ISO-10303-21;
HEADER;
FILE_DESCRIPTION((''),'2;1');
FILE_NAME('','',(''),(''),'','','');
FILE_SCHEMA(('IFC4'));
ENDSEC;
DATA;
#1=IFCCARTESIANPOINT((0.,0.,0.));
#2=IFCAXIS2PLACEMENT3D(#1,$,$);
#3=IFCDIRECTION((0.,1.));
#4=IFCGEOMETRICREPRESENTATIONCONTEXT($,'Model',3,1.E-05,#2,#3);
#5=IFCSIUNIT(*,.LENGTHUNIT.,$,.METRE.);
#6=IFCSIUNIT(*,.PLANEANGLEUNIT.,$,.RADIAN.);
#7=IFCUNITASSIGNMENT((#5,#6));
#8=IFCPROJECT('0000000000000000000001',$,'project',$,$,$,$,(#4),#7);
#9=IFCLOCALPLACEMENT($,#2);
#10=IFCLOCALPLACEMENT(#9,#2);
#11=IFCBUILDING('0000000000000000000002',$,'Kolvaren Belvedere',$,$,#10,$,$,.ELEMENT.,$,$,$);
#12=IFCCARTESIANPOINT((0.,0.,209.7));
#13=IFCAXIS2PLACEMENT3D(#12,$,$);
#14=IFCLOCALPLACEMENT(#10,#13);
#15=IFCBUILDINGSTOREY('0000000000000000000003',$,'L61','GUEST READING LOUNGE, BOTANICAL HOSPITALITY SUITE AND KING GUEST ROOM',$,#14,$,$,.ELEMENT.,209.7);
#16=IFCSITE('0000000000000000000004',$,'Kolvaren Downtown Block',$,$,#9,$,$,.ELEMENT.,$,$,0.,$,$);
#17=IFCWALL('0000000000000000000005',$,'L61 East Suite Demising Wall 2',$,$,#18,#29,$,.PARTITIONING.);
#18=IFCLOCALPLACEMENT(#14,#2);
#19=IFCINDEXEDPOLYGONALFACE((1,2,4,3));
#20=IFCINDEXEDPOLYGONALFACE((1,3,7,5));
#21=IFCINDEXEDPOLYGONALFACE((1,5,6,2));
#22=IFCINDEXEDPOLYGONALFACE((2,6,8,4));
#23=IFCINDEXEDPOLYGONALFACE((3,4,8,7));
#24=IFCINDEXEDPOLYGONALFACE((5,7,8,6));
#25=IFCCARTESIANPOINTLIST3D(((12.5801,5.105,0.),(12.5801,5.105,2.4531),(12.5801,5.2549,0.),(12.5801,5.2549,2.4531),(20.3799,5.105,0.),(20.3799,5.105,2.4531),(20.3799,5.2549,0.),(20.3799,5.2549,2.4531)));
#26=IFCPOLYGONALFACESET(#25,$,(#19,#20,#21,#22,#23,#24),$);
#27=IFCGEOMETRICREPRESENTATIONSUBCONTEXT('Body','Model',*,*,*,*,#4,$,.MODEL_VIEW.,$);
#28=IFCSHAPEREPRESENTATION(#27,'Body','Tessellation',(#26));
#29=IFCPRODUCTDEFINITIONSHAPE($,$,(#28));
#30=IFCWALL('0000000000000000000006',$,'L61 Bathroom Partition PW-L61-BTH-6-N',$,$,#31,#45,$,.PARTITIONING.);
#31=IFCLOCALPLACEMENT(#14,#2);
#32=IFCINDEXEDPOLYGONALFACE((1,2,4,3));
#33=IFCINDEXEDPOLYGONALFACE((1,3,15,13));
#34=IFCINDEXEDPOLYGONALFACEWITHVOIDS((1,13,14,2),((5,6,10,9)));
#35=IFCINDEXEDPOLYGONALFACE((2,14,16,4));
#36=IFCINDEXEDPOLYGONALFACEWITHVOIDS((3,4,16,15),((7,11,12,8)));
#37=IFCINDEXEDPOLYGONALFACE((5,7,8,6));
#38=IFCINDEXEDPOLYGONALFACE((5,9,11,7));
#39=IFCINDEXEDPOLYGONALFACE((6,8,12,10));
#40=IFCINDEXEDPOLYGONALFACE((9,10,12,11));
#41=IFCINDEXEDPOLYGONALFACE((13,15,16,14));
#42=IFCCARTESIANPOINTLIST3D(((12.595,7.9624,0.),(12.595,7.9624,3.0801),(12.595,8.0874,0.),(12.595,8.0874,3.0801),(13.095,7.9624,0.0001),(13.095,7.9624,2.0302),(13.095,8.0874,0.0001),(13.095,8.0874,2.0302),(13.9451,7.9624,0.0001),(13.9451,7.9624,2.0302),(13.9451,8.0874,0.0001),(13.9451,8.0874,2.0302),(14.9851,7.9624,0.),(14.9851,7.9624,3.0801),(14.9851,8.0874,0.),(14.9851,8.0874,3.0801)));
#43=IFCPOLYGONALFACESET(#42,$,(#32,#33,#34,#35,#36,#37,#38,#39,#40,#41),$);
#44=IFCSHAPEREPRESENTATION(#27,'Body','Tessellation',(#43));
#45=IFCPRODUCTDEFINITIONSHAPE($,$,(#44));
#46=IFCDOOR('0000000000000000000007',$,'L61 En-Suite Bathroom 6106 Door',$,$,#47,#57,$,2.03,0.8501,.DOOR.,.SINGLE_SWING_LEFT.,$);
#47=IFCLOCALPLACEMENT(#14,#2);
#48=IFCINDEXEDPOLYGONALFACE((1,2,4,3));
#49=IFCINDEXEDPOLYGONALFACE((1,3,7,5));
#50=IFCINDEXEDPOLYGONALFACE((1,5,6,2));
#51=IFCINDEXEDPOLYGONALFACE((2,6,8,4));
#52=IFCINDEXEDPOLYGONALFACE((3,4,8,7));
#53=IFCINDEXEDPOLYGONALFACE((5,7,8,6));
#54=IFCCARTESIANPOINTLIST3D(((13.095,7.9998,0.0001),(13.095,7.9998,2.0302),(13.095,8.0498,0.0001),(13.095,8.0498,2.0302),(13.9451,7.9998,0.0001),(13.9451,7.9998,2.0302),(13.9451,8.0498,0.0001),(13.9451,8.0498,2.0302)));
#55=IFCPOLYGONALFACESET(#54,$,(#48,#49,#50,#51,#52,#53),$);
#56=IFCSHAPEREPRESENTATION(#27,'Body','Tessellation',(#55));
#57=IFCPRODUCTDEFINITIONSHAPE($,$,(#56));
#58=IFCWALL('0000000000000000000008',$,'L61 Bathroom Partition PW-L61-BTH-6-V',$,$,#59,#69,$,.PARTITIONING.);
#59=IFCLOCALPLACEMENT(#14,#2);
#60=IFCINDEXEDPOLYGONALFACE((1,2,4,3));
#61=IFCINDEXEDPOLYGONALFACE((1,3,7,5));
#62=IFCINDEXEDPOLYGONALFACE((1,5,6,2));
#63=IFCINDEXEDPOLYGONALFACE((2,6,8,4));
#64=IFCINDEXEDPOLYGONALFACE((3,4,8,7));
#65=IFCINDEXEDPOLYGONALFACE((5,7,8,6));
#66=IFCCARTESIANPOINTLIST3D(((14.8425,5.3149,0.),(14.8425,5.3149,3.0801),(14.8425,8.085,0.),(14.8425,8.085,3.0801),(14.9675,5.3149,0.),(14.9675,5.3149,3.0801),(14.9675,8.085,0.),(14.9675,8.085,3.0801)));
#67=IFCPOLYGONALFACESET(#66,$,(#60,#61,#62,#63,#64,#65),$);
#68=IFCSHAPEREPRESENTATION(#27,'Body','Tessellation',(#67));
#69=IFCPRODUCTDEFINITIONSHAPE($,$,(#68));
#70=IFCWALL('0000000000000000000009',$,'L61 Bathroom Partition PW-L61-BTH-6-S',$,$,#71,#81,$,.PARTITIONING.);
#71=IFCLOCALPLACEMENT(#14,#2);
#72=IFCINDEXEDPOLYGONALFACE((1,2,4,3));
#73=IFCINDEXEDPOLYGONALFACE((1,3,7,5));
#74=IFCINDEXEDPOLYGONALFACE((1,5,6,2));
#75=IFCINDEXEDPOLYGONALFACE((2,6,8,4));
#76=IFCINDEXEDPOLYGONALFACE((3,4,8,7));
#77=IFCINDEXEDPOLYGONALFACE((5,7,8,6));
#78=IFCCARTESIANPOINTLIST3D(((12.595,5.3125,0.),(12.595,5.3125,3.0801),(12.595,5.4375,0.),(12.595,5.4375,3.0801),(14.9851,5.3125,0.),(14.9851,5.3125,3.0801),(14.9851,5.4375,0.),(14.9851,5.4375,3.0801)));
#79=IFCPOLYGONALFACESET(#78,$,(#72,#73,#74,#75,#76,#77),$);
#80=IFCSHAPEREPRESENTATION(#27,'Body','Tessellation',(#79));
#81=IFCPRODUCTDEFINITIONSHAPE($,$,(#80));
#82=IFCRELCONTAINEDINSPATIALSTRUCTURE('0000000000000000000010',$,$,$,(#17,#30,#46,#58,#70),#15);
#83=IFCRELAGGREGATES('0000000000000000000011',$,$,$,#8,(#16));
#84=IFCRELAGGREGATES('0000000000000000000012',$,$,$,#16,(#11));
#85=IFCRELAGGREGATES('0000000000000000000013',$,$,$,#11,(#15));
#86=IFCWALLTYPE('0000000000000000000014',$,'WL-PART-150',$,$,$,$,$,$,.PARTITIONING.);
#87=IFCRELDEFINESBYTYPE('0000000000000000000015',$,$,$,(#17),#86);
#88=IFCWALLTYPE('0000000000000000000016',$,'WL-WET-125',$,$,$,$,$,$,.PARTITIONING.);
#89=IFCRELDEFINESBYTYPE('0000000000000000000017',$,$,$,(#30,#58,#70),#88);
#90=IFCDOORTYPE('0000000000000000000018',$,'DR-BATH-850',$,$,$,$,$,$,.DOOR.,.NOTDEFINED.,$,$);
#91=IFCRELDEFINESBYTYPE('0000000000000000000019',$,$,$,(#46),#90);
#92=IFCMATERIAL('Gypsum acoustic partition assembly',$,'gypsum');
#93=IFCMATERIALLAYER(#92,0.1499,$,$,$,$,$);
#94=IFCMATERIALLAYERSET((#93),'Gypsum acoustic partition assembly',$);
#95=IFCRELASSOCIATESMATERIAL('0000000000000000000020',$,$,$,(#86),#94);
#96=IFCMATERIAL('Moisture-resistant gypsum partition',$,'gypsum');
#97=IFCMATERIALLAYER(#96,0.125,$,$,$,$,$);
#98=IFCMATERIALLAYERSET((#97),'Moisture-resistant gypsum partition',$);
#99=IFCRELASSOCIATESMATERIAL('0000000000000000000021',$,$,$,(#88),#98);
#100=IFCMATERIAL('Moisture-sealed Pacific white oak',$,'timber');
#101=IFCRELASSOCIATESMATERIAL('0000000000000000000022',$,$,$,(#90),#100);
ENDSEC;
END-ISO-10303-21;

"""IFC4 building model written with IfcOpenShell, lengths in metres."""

from ifc_helpers import new_model, si_unit, direction, frame, frame_2d, origin, place, context, subcontext, project, spatial, rectangle, extrude, material, layer, layer_set, type_object, element, fill, save


model = new_model("IFC4")

# Units and contexts
model_context = context("Model", 3, precision=1e-05, world=origin(), true_north=direction((0.0, 1.0)))
body_context = subcontext(model_context, "Body", "Model", "MODEL_VIEW")
ifc_project = project(units=[si_unit("LENGTHUNIT", "METRE"), si_unit("PLANEANGLEUNIT", "RADIAN")], contexts=[model_context])

# Site, building, storey
site_placement = place(None, origin())
site = spatial("IfcSite", under=ifc_project, at=site_placement, Name="Kolvaren Downtown Block", CompositionType="ELEMENT", RefElevation=0.0)
building_placement = place(site_placement, origin())
building = spatial("IfcBuilding", under=site, at=building_placement, Name="Kolvaren Belvedere", CompositionType="ELEMENT")
storey_placement = place(building_placement, frame((0.0, 0.0, 209.7)))
storey = spatial("IfcBuildingStorey", under=building, at=storey_placement, Name="L61", Description="GUEST READING LOUNGE, BOTANICAL HOSPITALITY SUITE AND KING GUEST ROOM", CompositionType="ELEMENT", Elevation=209.7)

# Wall
ifc_material_1 = material(Name="Gypsum acoustic partition assembly", Category="gypsum")
ifc_layer_1 = layer(ifc_material_1, 0.1499)
ifc_layer_set_1 = layer_set([ifc_layer_1], Name="Gypsum acoustic partition assembly")
wall_type_1 = type_object("IfcWallType", Name="WL-PART-150", PredefinedType="PARTITIONING", material=ifc_layer_set_1)
wall_1_placement = place(storey_placement, frame((12.5801, 5.1799, 0.0), z_axis=(0.0, 0.0, 1.0), x_axis=(1.0, 0.0, 0.0)))
element("IfcWall", 1, at=wall_1_placement, inside=storey, type_object=wall_type_1, Name="L61 East Suite Demising Wall 2", PredefinedType="PARTITIONING", context=body_context, shape_type="SweptSolid", body=[
    extrude(rectangle(XDim=7.7998, YDim=0.1499, at=frame_2d((3.8999, 0.0))), origin(), (0.0, 0.0, 1.0), 2.4531),
])

# Wall, opening, door
ifc_material_2 = material(Name="Moisture-resistant gypsum partition", Category="gypsum")
ifc_layer_2 = layer(ifc_material_2, 0.125)
ifc_layer_set_2 = layer_set([ifc_layer_2], Name="Moisture-resistant gypsum partition")
wall_type_2 = type_object("IfcWallType", Name="WL-WET-125", PredefinedType="PARTITIONING", material=ifc_layer_set_2)
wall_2_placement = place(storey_placement, frame((12.595, 8.0249, 0.0), z_axis=(0.0, 0.0, 1.0), x_axis=(1.0, 0.0, 0.0)))
wall_2 = element("IfcWall", 2, at=wall_2_placement, inside=storey, type_object=wall_type_2, Name="L61 Bathroom Partition PW-L61-BTH-6-N", PredefinedType="PARTITIONING", context=body_context, shape_type="SweptSolid", body=[
    extrude(rectangle(XDim=2.3901, YDim=0.125, at=frame_2d((1.1951, 0.0))), origin(), (0.0, 0.0, 1.0), 3.0801),
])
opening_placement = place(wall_2_placement, frame((0.5, 0.0, 0.0)))
opening = element("IfcOpeningElement", 3, at=opening_placement, cuts=wall_2, PredefinedType="OPENING", context=body_context, shape_type="SweptSolid", body=[
    extrude(rectangle(XDim=0.8501, YDim=2.03, at=frame_2d((0.425, 1.0151))), frame((0.0, 0.0725, 0.0), z_axis=(0.0, -1.0, 0.0), x_axis=(1.0, 0.0, 0.0)), (0.0, 0.0, 1.0), 0.145),
])
ifc_material_3 = material(Name="Moisture-sealed Pacific white oak", Category="timber")
door_type = type_object("IfcDoorType", Name="DR-BATH-850", OperationType="NOTDEFINED", PredefinedType="DOOR", material=ifc_material_3)
door_placement = place(opening_placement, origin())
door = element("IfcDoor", 4, at=door_placement, inside=storey, type_object=door_type, Name="L61 En-Suite Bathroom 6106 Door", OperationType="SINGLE_SWING_LEFT", OverallHeight=2.03, OverallWidth=0.8501, PredefinedType="DOOR", context=body_context, shape_type="SweptSolid", body=[
    extrude(rectangle(XDim=0.8501, YDim=2.03, at=frame_2d((0.425, 1.0151))), frame((0.0, 0.0249, 0.0), z_axis=(0.0, -1.0, 0.0), x_axis=(1.0, 0.0, 0.0)), (0.0, 0.0, 1.0), 0.05),
])
fill(opening, door)

# Walls
wall_3_placement = place(storey_placement, frame((14.905, 5.3149, 0.0), z_axis=(0.0, 0.0, 1.0), x_axis=(0.0, 1.0, 0.0)))
element("IfcWall", 5, at=wall_3_placement, inside=storey, type_object=wall_type_2, Name="L61 Bathroom Partition PW-L61-BTH-6-V", PredefinedType="PARTITIONING", context=body_context, shape_type="SweptSolid", body=[
    extrude(rectangle(XDim=2.77, YDim=0.125, at=frame_2d((1.385, 0.0))), origin(), (0.0, 0.0, 1.0), 3.0801),
])
wall_4_placement = place(storey_placement, frame((12.595, 5.375, 0.0), z_axis=(0.0, 0.0, 1.0), x_axis=(1.0, 0.0, 0.0)))
element("IfcWall", 6, at=wall_4_placement, inside=storey, type_object=wall_type_2, Name="L61 Bathroom Partition PW-L61-BTH-6-S", PredefinedType="PARTITIONING", context=body_context, shape_type="SweptSolid", body=[
    extrude(rectangle(XDim=2.3901, YDim=0.125, at=frame_2d((1.1951, 0.0))), origin(), (0.0, 0.0, 1.0), 3.0801),
])

save(model, "model.ifc")
